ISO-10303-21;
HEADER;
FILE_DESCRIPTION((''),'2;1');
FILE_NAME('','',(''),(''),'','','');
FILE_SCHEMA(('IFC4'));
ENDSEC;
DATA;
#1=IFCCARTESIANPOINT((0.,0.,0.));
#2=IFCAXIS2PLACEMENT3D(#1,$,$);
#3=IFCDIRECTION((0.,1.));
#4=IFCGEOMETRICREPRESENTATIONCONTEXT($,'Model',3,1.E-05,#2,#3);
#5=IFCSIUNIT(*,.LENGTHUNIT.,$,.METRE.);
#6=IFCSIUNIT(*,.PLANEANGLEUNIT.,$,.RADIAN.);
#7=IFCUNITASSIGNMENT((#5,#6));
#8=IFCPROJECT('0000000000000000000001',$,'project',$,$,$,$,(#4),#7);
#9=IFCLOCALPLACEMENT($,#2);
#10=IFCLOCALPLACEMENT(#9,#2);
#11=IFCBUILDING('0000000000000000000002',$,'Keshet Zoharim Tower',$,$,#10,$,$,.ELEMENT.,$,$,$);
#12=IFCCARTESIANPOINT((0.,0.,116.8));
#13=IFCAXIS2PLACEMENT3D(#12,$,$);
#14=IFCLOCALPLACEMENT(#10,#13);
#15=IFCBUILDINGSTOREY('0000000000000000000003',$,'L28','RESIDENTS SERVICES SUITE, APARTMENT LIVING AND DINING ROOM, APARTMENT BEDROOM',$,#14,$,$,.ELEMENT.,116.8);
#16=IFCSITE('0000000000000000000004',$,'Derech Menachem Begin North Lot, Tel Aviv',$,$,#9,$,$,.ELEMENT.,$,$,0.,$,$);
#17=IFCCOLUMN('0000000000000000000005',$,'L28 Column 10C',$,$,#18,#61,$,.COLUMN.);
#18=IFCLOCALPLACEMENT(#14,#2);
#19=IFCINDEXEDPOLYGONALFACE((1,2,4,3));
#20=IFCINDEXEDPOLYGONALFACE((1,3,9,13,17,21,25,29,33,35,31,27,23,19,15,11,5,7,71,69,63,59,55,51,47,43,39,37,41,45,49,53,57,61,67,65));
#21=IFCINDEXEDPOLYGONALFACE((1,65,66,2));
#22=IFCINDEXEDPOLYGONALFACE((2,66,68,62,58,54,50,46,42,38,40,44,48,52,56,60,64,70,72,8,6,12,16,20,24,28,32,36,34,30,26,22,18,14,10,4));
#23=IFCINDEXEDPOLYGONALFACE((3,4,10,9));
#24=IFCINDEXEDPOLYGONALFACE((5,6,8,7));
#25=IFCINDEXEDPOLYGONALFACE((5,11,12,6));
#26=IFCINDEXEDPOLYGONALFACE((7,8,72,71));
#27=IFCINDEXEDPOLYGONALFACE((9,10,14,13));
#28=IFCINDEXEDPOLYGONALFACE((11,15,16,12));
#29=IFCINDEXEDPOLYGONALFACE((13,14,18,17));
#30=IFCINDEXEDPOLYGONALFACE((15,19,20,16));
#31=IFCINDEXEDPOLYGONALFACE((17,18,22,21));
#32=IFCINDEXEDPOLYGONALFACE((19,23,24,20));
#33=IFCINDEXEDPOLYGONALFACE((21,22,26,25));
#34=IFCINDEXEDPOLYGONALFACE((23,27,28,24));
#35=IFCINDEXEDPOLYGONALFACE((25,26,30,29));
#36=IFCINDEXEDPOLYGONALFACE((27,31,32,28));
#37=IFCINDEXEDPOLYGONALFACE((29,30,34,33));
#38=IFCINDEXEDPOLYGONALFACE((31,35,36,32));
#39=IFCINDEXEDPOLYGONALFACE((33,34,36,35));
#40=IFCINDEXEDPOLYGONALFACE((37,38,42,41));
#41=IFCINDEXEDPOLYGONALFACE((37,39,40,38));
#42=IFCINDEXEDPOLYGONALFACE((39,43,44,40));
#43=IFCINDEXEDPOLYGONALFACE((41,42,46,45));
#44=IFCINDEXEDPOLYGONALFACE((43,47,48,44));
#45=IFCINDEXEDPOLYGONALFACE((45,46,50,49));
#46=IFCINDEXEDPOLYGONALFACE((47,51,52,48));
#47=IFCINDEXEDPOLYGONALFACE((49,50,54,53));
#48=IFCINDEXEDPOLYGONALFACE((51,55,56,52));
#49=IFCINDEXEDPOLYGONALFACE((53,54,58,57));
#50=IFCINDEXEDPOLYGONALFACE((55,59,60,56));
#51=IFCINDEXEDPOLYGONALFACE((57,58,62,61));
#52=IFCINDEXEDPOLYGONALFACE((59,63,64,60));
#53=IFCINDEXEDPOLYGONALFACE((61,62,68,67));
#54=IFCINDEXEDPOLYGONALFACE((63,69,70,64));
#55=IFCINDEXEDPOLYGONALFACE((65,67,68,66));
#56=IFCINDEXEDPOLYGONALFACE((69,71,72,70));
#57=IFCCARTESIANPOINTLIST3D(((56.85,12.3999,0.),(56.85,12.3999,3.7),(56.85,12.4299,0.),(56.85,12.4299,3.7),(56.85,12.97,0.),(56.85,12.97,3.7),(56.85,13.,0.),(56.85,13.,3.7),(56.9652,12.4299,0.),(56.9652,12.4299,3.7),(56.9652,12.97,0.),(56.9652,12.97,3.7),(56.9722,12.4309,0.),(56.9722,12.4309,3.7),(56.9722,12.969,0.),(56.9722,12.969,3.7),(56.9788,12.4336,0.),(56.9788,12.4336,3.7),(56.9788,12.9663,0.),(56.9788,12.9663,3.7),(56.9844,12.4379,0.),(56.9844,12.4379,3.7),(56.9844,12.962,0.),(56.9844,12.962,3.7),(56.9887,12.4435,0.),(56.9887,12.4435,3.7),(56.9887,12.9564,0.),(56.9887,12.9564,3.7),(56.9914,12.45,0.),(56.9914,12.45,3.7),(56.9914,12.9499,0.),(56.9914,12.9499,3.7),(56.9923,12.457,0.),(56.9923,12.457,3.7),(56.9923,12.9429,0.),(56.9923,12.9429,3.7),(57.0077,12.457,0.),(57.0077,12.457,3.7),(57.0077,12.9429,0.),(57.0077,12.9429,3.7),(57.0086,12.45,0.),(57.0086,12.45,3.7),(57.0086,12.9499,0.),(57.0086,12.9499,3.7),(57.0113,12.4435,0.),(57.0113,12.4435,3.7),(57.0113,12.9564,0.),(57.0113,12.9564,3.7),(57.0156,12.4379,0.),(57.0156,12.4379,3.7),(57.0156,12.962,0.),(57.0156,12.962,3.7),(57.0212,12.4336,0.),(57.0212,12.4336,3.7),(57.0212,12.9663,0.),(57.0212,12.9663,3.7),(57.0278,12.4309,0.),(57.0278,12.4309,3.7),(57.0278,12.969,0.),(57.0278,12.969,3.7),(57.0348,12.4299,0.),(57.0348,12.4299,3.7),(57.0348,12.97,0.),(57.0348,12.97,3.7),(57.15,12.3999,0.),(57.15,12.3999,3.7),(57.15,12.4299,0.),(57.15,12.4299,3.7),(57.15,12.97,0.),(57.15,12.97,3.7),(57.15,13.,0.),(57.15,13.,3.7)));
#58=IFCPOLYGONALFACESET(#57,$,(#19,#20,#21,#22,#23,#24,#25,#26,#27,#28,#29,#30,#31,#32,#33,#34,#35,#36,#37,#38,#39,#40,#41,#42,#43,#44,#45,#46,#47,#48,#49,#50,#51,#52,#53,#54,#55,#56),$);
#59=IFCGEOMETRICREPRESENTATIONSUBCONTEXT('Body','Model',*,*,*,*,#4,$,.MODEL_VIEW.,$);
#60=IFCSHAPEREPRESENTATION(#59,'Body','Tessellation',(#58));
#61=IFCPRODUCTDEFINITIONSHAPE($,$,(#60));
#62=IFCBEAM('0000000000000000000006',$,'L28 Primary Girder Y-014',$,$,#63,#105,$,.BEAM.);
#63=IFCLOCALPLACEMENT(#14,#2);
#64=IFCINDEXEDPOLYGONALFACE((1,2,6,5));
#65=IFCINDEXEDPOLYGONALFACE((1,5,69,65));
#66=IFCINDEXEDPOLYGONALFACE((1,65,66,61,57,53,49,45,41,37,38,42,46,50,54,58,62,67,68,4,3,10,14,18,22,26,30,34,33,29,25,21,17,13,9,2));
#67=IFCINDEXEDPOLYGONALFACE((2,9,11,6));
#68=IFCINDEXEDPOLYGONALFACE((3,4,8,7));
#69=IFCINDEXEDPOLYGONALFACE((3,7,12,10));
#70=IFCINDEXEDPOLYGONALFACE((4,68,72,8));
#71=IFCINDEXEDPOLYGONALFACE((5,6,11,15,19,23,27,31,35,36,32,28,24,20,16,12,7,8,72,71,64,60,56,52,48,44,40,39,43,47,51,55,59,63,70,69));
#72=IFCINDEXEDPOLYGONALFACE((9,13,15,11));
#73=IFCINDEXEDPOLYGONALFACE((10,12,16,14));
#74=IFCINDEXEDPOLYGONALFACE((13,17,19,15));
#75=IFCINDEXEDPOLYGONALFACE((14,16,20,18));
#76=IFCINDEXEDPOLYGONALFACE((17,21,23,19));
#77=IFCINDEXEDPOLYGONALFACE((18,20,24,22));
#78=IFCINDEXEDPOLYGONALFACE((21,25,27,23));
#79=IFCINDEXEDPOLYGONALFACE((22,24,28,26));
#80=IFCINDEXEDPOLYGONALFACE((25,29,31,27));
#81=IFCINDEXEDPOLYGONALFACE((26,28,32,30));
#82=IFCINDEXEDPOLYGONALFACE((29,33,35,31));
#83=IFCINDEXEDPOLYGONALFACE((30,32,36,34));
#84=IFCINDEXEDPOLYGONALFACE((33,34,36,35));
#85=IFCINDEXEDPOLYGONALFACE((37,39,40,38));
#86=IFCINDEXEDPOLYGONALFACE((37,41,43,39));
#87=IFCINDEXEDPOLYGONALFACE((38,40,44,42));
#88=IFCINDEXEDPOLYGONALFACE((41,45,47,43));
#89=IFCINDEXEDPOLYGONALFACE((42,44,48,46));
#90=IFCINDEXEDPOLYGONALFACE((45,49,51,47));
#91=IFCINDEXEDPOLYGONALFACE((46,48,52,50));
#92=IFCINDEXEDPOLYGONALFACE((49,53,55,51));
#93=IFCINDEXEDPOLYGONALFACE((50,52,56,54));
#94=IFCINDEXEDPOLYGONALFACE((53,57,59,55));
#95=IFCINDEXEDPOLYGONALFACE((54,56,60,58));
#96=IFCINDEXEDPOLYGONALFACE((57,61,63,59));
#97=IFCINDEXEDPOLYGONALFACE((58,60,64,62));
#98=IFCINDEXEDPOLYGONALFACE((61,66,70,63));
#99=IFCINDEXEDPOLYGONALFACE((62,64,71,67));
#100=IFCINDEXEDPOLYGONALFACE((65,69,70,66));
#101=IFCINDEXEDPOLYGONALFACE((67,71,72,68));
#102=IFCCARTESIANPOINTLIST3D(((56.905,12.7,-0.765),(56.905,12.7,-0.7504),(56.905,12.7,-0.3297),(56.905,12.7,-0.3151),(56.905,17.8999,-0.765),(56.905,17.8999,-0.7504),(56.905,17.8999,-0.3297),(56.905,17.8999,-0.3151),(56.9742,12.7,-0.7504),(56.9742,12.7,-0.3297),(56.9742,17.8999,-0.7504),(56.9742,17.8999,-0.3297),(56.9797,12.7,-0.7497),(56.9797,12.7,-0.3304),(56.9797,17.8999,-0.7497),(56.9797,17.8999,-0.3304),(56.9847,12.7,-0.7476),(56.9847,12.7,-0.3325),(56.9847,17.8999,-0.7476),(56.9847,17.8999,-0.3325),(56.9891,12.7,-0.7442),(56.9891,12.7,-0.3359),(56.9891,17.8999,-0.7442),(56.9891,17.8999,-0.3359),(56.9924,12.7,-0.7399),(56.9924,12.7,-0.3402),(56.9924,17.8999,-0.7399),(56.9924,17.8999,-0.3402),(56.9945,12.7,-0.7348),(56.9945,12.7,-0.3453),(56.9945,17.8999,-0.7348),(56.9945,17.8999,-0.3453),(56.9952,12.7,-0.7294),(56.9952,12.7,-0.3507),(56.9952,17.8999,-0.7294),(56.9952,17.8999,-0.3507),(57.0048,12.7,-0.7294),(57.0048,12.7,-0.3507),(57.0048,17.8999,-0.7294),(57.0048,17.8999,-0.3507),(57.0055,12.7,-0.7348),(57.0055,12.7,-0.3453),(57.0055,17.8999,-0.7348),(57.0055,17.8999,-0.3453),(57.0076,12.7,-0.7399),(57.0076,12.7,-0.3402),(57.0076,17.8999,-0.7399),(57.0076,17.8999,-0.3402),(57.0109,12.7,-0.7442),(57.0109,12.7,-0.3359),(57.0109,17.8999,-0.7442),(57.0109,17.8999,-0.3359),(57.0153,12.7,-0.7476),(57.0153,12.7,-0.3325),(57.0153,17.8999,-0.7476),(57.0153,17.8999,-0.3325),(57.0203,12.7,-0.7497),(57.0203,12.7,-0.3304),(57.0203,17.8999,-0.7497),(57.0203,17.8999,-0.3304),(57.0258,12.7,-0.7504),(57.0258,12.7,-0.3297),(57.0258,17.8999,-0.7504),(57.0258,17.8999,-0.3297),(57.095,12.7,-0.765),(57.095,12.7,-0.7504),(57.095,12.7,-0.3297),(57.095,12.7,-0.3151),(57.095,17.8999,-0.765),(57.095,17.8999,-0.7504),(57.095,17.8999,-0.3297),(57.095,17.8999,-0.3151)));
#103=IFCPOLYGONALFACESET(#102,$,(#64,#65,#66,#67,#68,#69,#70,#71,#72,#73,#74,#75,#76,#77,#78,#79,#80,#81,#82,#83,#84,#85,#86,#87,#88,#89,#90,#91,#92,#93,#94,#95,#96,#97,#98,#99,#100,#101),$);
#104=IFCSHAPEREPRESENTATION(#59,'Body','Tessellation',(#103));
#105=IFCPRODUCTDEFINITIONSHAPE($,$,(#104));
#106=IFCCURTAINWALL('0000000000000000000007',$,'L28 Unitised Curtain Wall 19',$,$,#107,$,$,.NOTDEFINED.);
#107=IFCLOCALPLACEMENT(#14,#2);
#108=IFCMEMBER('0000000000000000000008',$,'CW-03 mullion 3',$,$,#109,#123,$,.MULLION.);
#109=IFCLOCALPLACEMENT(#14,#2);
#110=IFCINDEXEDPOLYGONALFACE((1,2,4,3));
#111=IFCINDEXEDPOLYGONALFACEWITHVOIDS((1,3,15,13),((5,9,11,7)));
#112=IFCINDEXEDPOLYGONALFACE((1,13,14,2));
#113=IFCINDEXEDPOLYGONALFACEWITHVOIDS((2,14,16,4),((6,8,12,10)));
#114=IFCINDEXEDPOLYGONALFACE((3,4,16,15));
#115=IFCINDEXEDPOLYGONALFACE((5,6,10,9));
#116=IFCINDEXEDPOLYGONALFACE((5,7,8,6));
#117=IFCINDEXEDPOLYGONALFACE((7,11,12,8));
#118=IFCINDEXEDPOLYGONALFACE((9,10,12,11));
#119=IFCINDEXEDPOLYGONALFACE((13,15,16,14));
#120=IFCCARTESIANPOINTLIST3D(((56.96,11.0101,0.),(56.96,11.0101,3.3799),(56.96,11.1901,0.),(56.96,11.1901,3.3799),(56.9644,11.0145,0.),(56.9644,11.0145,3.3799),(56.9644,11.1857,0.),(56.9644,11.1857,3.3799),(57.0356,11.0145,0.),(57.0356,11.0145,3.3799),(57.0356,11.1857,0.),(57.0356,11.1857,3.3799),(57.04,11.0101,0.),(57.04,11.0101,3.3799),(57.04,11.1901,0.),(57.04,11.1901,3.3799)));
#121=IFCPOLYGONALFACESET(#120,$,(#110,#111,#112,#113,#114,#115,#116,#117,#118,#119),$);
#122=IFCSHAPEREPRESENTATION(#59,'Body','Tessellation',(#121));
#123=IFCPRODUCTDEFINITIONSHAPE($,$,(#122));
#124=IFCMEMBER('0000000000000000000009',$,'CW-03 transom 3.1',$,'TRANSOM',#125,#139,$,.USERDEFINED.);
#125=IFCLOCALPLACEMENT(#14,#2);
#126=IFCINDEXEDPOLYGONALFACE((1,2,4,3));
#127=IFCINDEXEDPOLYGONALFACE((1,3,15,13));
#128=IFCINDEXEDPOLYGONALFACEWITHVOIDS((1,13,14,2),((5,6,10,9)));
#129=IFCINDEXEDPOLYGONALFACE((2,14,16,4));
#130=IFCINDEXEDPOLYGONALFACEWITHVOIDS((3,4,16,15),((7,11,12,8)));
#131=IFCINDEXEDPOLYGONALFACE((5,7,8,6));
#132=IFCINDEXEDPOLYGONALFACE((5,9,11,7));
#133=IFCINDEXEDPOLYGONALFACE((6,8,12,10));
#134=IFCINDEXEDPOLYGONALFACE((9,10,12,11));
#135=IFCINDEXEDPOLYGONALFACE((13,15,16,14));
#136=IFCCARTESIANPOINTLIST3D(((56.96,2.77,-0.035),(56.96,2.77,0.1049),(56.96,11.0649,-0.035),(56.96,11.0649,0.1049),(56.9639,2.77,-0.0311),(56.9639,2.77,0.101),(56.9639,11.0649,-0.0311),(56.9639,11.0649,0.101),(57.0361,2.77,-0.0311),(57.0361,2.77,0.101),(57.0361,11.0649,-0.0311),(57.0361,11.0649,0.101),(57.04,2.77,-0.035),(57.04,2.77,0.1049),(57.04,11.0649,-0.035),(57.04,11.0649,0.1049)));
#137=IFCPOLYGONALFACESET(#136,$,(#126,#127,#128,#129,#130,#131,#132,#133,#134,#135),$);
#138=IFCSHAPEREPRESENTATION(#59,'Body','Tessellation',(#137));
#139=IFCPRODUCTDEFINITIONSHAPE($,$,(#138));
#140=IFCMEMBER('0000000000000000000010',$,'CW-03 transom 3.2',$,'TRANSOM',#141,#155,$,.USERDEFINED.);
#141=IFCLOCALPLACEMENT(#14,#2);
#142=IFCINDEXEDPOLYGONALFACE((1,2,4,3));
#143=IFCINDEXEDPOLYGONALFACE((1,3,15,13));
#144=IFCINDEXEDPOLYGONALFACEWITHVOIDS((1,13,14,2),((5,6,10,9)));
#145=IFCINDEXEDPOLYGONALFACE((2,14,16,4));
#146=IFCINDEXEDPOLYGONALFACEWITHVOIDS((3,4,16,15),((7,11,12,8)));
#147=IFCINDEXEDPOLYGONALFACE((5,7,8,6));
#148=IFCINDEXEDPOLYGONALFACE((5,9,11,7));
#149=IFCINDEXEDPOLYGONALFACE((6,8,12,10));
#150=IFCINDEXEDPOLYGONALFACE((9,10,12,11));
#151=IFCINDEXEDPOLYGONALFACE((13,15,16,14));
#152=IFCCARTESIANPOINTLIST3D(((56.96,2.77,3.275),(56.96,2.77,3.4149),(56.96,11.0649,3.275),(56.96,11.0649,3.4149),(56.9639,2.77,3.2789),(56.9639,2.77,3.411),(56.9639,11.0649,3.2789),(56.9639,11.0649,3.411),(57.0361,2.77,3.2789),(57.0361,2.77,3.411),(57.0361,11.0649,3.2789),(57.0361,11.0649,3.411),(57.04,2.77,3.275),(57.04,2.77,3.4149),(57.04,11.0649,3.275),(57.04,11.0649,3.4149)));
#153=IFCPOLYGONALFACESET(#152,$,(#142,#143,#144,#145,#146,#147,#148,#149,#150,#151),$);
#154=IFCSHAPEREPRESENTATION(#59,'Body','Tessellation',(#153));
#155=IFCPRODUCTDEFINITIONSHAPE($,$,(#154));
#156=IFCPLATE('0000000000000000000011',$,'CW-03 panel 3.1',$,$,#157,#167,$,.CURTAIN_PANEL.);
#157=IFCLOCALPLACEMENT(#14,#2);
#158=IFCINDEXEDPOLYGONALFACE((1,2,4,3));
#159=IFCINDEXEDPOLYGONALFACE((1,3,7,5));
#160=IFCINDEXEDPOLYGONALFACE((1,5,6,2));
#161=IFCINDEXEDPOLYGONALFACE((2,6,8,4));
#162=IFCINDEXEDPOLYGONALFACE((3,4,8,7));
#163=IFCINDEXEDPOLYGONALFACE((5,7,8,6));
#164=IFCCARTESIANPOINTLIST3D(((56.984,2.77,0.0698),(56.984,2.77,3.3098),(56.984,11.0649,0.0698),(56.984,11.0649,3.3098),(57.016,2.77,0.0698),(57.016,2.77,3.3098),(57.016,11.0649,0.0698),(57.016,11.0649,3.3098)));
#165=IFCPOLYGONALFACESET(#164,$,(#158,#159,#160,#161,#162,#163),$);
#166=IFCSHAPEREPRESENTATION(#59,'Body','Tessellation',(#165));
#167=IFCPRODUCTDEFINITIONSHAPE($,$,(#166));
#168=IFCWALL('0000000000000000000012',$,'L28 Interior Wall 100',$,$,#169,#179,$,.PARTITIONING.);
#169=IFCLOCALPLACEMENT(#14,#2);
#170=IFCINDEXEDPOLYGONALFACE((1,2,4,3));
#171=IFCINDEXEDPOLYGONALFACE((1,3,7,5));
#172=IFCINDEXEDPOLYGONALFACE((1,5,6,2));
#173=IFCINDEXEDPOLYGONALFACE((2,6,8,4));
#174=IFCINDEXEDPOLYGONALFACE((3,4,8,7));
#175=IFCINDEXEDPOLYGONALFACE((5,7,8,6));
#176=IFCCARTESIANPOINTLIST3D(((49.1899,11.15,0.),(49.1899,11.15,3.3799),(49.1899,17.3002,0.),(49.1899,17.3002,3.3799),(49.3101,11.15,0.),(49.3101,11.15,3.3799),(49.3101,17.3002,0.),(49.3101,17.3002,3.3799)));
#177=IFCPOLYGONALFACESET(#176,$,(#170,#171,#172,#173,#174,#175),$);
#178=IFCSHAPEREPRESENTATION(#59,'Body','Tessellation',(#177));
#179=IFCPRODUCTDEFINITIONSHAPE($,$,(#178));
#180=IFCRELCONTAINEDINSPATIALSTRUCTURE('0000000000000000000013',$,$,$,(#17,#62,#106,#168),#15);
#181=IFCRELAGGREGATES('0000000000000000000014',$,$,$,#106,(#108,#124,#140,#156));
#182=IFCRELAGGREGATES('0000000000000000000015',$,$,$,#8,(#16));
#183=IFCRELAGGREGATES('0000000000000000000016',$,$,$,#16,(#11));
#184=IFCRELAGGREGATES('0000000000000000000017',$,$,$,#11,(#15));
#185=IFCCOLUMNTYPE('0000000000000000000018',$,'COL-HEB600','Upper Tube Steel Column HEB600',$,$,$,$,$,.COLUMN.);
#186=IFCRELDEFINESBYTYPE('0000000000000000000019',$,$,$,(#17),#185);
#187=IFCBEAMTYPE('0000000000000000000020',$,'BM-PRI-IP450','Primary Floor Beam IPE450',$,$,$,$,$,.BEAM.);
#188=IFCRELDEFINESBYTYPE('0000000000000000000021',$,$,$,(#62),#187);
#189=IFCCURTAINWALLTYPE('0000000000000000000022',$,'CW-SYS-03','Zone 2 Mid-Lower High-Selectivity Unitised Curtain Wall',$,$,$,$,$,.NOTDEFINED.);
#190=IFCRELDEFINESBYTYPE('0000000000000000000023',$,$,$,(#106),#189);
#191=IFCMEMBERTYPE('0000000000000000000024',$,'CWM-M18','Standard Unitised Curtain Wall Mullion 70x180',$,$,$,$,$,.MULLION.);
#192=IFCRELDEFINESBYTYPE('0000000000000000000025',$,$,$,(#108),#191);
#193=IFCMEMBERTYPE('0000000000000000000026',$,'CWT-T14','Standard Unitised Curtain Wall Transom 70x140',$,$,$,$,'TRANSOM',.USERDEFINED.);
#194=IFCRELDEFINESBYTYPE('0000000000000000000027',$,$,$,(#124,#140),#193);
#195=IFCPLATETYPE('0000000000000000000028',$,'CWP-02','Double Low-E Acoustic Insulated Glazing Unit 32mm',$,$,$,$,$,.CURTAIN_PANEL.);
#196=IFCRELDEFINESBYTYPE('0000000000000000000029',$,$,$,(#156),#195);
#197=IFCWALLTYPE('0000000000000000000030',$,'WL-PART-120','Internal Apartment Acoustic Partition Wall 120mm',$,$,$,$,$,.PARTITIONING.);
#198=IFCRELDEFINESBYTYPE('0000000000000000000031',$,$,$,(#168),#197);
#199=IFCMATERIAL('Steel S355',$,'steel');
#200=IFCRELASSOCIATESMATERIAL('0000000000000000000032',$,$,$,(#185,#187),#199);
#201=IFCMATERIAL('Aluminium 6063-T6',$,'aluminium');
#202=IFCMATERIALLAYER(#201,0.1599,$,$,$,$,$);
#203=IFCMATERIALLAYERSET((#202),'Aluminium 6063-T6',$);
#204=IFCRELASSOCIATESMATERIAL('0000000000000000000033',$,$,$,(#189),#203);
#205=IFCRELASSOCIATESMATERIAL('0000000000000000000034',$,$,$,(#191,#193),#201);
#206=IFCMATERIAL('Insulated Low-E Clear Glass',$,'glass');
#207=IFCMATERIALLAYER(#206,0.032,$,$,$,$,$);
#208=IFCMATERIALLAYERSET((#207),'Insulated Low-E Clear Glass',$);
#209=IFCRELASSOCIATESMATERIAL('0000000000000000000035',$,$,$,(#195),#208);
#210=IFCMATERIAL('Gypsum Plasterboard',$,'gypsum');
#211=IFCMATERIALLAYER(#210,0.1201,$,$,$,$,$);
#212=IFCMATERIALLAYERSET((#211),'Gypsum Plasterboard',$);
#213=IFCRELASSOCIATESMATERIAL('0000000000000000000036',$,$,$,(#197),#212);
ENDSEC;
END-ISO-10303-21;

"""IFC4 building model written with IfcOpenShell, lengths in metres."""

from ifc_helpers import new_model, si_unit, direction, frame, frame_2d, origin, origin_2d, place, context, subcontext, project, spatial, rectangle, hollow_rectangle, i_section, extrude, material, layer, layer_set, material_profile, profile_set, type_object, element, aggregate, save


model = new_model("IFC4")

# Units and contexts
model_context = context("Model", 3, precision=1e-05, world=origin(), true_north=direction((0.0, 1.0)))
body_context = subcontext(model_context, "Body", "Model", "MODEL_VIEW")
ifc_project = project(units=[si_unit("LENGTHUNIT", "METRE"), si_unit("PLANEANGLEUNIT", "RADIAN")], contexts=[model_context])

# Site, building, storey
site_placement = place(None, origin())
site = spatial("IfcSite", under=ifc_project, at=site_placement, Name="Derech Menachem Begin North Lot, Tel Aviv", CompositionType="ELEMENT", RefElevation=0.0)
building_placement = place(site_placement, origin())
building = spatial("IfcBuilding", under=site, at=building_placement, Name="Keshet Zoharim Tower", CompositionType="ELEMENT")
storey_placement = place(building_placement, frame((0.0, 0.0, 116.8)))
storey = spatial("IfcBuildingStorey", under=building, at=storey_placement, Name="L28", Description="RESIDENTS SERVICES SUITE, APARTMENT LIVING AND DINING ROOM, APARTMENT BEDROOM", CompositionType="ELEMENT", Elevation=116.8)

# Column
ifc_material_1 = material(Name="Steel S355", Category="steel")
ifc_material_profile_1 = material_profile(ifc_material_1, i_section(OverallWidth=0.3, OverallDepth=0.6001, WebThickness=0.0154, FlangeThickness=0.03, FilletRadius=0.0271, at=origin_2d()), Name="HEB600")
ifc_profile_set_1 = profile_set([ifc_material_profile_1], Name="Steel S355")
column_type = type_object("IfcColumnType", Name="COL-HEB600", Description="Upper Tube Steel Column HEB600", PredefinedType="COLUMN", material=ifc_profile_set_1)
column_placement = place(storey_placement, frame((57.0, 12.7, 0.0), z_axis=(0.0, 0.0, 1.0), x_axis=(1.0, 0.0, 0.0)))
element("IfcColumn", 1, at=column_placement, inside=storey, type_object=column_type, Name="L28 Column 10C", PredefinedType="COLUMN", context=body_context, shape_type="SweptSolid", body=[
    extrude(i_section(OverallWidth=0.3, OverallDepth=0.6001, WebThickness=0.0154, FlangeThickness=0.03, FilletRadius=0.0271, at=origin_2d()), origin(), (0.0, 0.0, 1.0), 3.7),
])

# Beam
ifc_material_profile_2 = material_profile(ifc_material_1, i_section(OverallWidth=0.1899, OverallDepth=0.45, WebThickness=0.0095, FlangeThickness=0.0146, FilletRadius=0.021, at=origin_2d()), Name="IPE450")
ifc_profile_set_2 = profile_set([ifc_material_profile_2], Name="Steel S355")
beam_type = type_object("IfcBeamType", Name="BM-PRI-IP450", Description="Primary Floor Beam IPE450", PredefinedType="BEAM", material=ifc_profile_set_2)
beam_placement = place(storey_placement, frame((57.0, 12.7, -0.54), z_axis=(0.0, 1.0, 0.0), x_axis=(-1.0, 0.0, 0.0)))
element("IfcBeam", 2, at=beam_placement, inside=storey, type_object=beam_type, Name="L28 Primary Girder Y-014", PredefinedType="BEAM", context=body_context, shape_type="SweptSolid", body=[
    extrude(i_section(OverallWidth=0.1899, OverallDepth=0.45, WebThickness=0.0095, FlangeThickness=0.0146, FilletRadius=0.021, at=origin_2d()), origin(), (0.0, 0.0, 1.0), 5.2),
])

# Curtain wall, members, plate
ifc_material_2 = material(Name="Aluminium 6063-T6", Category="aluminium")
ifc_layer_1 = layer(ifc_material_2, 0.1599)
ifc_layer_set_1 = layer_set([ifc_layer_1], Name="Aluminium 6063-T6")
curtain_wall_type = type_object("IfcCurtainWallType", Name="CW-SYS-03", Description="Zone 2 Mid-Lower High-Selectivity Unitised Curtain Wall", PredefinedType="NOTDEFINED", material=ifc_layer_set_1)
curtain_wall_placement = place(storey_placement, origin())
curtain_wall = element("IfcCurtainWall", 3, at=curtain_wall_placement, inside=storey, type_object=curtain_wall_type, Name="L28 Unitised Curtain Wall 19", PredefinedType="NOTDEFINED")
ifc_material_profile_3 = material_profile(ifc_material_2, hollow_rectangle(XDim=0.0801, YDim=0.1799, WallThickness=0.0044, at=origin_2d()), Name="MUL-80x180")
ifc_profile_set_3 = profile_set([ifc_material_profile_3], Name="Aluminium 6063-T6")
member_type_1 = type_object("IfcMemberType", Name="CWM-M18", Description="Standard Unitised Curtain Wall Mullion 70x180", PredefinedType="MULLION", material=ifc_profile_set_3)
member_1_placement = place(storey_placement, frame((57.0, 11.1001, 0.0), z_axis=(0.0, 0.0, 1.0), x_axis=(1.0, 0.0, 0.0)))
member_1 = element("IfcMember", 4, at=member_1_placement, type_object=member_type_1, Name="CW-03 mullion 3", PredefinedType="MULLION", context=body_context, shape_type="SweptSolid", body=[
    extrude(hollow_rectangle(XDim=0.0801, YDim=0.1799, WallThickness=0.0044, at=origin_2d()), origin(), (0.0, 0.0, 1.0), 3.3799),
])
ifc_material_profile_4 = material_profile(ifc_material_2, hollow_rectangle(XDim=0.0801, YDim=0.1399, WallThickness=0.0039, at=origin_2d()), Name="TRN-80x140")
ifc_profile_set_4 = profile_set([ifc_material_profile_4], Name="Aluminium 6063-T6")
member_type_2 = type_object("IfcMemberType", Name="CWT-T14", Description="Standard Unitised Curtain Wall Transom 70x140", ElementType="TRANSOM", PredefinedType="USERDEFINED", material=ifc_profile_set_4)
member_2_placement = place(storey_placement, frame((57.0, 11.0649, 0.0349), z_axis=(0.0, -1.0, 0.0), x_axis=(1.0, 0.0, 0.0)))
member_2 = element("IfcMember", 5, at=member_2_placement, type_object=member_type_2, Name="CW-03 transom 3.1", ObjectType="TRANSOM", PredefinedType="USERDEFINED", context=body_context, shape_type="SweptSolid", body=[
    extrude(hollow_rectangle(XDim=0.0801, YDim=0.1399, WallThickness=0.0039, at=origin_2d()), origin(), (0.0, 0.0, 1.0), 8.2949),
])
member_3_placement = place(storey_placement, frame((57.0, 11.0649, 3.345), z_axis=(0.0, -1.0, 0.0), x_axis=(1.0, 0.0, 0.0)))
member_3 = element("IfcMember", 6, at=member_3_placement, type_object=member_type_2, Name="CW-03 transom 3.2", ObjectType="TRANSOM", PredefinedType="USERDEFINED", context=body_context, shape_type="SweptSolid", body=[
    extrude(hollow_rectangle(XDim=0.0801, YDim=0.1399, WallThickness=0.0039, at=origin_2d()), origin(), (0.0, 0.0, 1.0), 8.2949),
])
ifc_material_3 = material(Name="Insulated Low-E Clear Glass", Category="glass")
ifc_layer_2 = layer(ifc_material_3, 0.032)
ifc_layer_set_2 = layer_set([ifc_layer_2], Name="Insulated Low-E Clear Glass")
plate_type = type_object("IfcPlateType", Name="CWP-02", Description="Double Low-E Acoustic Insulated Glazing Unit 32mm", PredefinedType="CURTAIN_PANEL", material=ifc_layer_set_2)
plate_placement = place(storey_placement, frame((57.0, 6.9175, 0.0698), z_axis=(0.0, 0.0, 1.0), x_axis=(0.0, -1.0, 0.0)))
plate = element("IfcPlate", 7, at=plate_placement, type_object=plate_type, Name="CW-03 panel 3.1", PredefinedType="CURTAIN_PANEL", context=body_context, shape_type="SweptSolid", body=[
    extrude(rectangle(XDim=8.2949, YDim=0.032, at=origin_2d()), origin(), (0.0, 0.0, 1.0), 3.24),
])
aggregate(curtain_wall, [member_1, member_2, member_3, plate])

# Wall
ifc_material_4 = material(Name="Gypsum Plasterboard", Category="gypsum")
ifc_layer_3 = layer(ifc_material_4, 0.1201)
ifc_layer_set_3 = layer_set([ifc_layer_3], Name="Gypsum Plasterboard")
wall_type_1 = type_object("IfcWallType", Name="WL-PART-120", Description="Internal Apartment Acoustic Partition Wall 120mm", PredefinedType="PARTITIONING", material=ifc_layer_set_3)
wall_1_placement = place(storey_placement, frame((49.25, 11.1499, 0.0), z_axis=(0.0, 0.0, 1.0), x_axis=(0.0, 1.0, 0.0)))
element("IfcWall", 8, at=wall_1_placement, inside=storey, type_object=wall_type_1, Name="L28 Interior Wall 100", PredefinedType="PARTITIONING", context=body_context, shape_type="SweptSolid", body=[
    extrude(rectangle(XDim=6.1501, YDim=0.1201, at=frame_2d((3.0752, 0.0))), origin(), (0.0, 0.0, 1.0), 3.3799),
])

save(model, "model.ifc")
